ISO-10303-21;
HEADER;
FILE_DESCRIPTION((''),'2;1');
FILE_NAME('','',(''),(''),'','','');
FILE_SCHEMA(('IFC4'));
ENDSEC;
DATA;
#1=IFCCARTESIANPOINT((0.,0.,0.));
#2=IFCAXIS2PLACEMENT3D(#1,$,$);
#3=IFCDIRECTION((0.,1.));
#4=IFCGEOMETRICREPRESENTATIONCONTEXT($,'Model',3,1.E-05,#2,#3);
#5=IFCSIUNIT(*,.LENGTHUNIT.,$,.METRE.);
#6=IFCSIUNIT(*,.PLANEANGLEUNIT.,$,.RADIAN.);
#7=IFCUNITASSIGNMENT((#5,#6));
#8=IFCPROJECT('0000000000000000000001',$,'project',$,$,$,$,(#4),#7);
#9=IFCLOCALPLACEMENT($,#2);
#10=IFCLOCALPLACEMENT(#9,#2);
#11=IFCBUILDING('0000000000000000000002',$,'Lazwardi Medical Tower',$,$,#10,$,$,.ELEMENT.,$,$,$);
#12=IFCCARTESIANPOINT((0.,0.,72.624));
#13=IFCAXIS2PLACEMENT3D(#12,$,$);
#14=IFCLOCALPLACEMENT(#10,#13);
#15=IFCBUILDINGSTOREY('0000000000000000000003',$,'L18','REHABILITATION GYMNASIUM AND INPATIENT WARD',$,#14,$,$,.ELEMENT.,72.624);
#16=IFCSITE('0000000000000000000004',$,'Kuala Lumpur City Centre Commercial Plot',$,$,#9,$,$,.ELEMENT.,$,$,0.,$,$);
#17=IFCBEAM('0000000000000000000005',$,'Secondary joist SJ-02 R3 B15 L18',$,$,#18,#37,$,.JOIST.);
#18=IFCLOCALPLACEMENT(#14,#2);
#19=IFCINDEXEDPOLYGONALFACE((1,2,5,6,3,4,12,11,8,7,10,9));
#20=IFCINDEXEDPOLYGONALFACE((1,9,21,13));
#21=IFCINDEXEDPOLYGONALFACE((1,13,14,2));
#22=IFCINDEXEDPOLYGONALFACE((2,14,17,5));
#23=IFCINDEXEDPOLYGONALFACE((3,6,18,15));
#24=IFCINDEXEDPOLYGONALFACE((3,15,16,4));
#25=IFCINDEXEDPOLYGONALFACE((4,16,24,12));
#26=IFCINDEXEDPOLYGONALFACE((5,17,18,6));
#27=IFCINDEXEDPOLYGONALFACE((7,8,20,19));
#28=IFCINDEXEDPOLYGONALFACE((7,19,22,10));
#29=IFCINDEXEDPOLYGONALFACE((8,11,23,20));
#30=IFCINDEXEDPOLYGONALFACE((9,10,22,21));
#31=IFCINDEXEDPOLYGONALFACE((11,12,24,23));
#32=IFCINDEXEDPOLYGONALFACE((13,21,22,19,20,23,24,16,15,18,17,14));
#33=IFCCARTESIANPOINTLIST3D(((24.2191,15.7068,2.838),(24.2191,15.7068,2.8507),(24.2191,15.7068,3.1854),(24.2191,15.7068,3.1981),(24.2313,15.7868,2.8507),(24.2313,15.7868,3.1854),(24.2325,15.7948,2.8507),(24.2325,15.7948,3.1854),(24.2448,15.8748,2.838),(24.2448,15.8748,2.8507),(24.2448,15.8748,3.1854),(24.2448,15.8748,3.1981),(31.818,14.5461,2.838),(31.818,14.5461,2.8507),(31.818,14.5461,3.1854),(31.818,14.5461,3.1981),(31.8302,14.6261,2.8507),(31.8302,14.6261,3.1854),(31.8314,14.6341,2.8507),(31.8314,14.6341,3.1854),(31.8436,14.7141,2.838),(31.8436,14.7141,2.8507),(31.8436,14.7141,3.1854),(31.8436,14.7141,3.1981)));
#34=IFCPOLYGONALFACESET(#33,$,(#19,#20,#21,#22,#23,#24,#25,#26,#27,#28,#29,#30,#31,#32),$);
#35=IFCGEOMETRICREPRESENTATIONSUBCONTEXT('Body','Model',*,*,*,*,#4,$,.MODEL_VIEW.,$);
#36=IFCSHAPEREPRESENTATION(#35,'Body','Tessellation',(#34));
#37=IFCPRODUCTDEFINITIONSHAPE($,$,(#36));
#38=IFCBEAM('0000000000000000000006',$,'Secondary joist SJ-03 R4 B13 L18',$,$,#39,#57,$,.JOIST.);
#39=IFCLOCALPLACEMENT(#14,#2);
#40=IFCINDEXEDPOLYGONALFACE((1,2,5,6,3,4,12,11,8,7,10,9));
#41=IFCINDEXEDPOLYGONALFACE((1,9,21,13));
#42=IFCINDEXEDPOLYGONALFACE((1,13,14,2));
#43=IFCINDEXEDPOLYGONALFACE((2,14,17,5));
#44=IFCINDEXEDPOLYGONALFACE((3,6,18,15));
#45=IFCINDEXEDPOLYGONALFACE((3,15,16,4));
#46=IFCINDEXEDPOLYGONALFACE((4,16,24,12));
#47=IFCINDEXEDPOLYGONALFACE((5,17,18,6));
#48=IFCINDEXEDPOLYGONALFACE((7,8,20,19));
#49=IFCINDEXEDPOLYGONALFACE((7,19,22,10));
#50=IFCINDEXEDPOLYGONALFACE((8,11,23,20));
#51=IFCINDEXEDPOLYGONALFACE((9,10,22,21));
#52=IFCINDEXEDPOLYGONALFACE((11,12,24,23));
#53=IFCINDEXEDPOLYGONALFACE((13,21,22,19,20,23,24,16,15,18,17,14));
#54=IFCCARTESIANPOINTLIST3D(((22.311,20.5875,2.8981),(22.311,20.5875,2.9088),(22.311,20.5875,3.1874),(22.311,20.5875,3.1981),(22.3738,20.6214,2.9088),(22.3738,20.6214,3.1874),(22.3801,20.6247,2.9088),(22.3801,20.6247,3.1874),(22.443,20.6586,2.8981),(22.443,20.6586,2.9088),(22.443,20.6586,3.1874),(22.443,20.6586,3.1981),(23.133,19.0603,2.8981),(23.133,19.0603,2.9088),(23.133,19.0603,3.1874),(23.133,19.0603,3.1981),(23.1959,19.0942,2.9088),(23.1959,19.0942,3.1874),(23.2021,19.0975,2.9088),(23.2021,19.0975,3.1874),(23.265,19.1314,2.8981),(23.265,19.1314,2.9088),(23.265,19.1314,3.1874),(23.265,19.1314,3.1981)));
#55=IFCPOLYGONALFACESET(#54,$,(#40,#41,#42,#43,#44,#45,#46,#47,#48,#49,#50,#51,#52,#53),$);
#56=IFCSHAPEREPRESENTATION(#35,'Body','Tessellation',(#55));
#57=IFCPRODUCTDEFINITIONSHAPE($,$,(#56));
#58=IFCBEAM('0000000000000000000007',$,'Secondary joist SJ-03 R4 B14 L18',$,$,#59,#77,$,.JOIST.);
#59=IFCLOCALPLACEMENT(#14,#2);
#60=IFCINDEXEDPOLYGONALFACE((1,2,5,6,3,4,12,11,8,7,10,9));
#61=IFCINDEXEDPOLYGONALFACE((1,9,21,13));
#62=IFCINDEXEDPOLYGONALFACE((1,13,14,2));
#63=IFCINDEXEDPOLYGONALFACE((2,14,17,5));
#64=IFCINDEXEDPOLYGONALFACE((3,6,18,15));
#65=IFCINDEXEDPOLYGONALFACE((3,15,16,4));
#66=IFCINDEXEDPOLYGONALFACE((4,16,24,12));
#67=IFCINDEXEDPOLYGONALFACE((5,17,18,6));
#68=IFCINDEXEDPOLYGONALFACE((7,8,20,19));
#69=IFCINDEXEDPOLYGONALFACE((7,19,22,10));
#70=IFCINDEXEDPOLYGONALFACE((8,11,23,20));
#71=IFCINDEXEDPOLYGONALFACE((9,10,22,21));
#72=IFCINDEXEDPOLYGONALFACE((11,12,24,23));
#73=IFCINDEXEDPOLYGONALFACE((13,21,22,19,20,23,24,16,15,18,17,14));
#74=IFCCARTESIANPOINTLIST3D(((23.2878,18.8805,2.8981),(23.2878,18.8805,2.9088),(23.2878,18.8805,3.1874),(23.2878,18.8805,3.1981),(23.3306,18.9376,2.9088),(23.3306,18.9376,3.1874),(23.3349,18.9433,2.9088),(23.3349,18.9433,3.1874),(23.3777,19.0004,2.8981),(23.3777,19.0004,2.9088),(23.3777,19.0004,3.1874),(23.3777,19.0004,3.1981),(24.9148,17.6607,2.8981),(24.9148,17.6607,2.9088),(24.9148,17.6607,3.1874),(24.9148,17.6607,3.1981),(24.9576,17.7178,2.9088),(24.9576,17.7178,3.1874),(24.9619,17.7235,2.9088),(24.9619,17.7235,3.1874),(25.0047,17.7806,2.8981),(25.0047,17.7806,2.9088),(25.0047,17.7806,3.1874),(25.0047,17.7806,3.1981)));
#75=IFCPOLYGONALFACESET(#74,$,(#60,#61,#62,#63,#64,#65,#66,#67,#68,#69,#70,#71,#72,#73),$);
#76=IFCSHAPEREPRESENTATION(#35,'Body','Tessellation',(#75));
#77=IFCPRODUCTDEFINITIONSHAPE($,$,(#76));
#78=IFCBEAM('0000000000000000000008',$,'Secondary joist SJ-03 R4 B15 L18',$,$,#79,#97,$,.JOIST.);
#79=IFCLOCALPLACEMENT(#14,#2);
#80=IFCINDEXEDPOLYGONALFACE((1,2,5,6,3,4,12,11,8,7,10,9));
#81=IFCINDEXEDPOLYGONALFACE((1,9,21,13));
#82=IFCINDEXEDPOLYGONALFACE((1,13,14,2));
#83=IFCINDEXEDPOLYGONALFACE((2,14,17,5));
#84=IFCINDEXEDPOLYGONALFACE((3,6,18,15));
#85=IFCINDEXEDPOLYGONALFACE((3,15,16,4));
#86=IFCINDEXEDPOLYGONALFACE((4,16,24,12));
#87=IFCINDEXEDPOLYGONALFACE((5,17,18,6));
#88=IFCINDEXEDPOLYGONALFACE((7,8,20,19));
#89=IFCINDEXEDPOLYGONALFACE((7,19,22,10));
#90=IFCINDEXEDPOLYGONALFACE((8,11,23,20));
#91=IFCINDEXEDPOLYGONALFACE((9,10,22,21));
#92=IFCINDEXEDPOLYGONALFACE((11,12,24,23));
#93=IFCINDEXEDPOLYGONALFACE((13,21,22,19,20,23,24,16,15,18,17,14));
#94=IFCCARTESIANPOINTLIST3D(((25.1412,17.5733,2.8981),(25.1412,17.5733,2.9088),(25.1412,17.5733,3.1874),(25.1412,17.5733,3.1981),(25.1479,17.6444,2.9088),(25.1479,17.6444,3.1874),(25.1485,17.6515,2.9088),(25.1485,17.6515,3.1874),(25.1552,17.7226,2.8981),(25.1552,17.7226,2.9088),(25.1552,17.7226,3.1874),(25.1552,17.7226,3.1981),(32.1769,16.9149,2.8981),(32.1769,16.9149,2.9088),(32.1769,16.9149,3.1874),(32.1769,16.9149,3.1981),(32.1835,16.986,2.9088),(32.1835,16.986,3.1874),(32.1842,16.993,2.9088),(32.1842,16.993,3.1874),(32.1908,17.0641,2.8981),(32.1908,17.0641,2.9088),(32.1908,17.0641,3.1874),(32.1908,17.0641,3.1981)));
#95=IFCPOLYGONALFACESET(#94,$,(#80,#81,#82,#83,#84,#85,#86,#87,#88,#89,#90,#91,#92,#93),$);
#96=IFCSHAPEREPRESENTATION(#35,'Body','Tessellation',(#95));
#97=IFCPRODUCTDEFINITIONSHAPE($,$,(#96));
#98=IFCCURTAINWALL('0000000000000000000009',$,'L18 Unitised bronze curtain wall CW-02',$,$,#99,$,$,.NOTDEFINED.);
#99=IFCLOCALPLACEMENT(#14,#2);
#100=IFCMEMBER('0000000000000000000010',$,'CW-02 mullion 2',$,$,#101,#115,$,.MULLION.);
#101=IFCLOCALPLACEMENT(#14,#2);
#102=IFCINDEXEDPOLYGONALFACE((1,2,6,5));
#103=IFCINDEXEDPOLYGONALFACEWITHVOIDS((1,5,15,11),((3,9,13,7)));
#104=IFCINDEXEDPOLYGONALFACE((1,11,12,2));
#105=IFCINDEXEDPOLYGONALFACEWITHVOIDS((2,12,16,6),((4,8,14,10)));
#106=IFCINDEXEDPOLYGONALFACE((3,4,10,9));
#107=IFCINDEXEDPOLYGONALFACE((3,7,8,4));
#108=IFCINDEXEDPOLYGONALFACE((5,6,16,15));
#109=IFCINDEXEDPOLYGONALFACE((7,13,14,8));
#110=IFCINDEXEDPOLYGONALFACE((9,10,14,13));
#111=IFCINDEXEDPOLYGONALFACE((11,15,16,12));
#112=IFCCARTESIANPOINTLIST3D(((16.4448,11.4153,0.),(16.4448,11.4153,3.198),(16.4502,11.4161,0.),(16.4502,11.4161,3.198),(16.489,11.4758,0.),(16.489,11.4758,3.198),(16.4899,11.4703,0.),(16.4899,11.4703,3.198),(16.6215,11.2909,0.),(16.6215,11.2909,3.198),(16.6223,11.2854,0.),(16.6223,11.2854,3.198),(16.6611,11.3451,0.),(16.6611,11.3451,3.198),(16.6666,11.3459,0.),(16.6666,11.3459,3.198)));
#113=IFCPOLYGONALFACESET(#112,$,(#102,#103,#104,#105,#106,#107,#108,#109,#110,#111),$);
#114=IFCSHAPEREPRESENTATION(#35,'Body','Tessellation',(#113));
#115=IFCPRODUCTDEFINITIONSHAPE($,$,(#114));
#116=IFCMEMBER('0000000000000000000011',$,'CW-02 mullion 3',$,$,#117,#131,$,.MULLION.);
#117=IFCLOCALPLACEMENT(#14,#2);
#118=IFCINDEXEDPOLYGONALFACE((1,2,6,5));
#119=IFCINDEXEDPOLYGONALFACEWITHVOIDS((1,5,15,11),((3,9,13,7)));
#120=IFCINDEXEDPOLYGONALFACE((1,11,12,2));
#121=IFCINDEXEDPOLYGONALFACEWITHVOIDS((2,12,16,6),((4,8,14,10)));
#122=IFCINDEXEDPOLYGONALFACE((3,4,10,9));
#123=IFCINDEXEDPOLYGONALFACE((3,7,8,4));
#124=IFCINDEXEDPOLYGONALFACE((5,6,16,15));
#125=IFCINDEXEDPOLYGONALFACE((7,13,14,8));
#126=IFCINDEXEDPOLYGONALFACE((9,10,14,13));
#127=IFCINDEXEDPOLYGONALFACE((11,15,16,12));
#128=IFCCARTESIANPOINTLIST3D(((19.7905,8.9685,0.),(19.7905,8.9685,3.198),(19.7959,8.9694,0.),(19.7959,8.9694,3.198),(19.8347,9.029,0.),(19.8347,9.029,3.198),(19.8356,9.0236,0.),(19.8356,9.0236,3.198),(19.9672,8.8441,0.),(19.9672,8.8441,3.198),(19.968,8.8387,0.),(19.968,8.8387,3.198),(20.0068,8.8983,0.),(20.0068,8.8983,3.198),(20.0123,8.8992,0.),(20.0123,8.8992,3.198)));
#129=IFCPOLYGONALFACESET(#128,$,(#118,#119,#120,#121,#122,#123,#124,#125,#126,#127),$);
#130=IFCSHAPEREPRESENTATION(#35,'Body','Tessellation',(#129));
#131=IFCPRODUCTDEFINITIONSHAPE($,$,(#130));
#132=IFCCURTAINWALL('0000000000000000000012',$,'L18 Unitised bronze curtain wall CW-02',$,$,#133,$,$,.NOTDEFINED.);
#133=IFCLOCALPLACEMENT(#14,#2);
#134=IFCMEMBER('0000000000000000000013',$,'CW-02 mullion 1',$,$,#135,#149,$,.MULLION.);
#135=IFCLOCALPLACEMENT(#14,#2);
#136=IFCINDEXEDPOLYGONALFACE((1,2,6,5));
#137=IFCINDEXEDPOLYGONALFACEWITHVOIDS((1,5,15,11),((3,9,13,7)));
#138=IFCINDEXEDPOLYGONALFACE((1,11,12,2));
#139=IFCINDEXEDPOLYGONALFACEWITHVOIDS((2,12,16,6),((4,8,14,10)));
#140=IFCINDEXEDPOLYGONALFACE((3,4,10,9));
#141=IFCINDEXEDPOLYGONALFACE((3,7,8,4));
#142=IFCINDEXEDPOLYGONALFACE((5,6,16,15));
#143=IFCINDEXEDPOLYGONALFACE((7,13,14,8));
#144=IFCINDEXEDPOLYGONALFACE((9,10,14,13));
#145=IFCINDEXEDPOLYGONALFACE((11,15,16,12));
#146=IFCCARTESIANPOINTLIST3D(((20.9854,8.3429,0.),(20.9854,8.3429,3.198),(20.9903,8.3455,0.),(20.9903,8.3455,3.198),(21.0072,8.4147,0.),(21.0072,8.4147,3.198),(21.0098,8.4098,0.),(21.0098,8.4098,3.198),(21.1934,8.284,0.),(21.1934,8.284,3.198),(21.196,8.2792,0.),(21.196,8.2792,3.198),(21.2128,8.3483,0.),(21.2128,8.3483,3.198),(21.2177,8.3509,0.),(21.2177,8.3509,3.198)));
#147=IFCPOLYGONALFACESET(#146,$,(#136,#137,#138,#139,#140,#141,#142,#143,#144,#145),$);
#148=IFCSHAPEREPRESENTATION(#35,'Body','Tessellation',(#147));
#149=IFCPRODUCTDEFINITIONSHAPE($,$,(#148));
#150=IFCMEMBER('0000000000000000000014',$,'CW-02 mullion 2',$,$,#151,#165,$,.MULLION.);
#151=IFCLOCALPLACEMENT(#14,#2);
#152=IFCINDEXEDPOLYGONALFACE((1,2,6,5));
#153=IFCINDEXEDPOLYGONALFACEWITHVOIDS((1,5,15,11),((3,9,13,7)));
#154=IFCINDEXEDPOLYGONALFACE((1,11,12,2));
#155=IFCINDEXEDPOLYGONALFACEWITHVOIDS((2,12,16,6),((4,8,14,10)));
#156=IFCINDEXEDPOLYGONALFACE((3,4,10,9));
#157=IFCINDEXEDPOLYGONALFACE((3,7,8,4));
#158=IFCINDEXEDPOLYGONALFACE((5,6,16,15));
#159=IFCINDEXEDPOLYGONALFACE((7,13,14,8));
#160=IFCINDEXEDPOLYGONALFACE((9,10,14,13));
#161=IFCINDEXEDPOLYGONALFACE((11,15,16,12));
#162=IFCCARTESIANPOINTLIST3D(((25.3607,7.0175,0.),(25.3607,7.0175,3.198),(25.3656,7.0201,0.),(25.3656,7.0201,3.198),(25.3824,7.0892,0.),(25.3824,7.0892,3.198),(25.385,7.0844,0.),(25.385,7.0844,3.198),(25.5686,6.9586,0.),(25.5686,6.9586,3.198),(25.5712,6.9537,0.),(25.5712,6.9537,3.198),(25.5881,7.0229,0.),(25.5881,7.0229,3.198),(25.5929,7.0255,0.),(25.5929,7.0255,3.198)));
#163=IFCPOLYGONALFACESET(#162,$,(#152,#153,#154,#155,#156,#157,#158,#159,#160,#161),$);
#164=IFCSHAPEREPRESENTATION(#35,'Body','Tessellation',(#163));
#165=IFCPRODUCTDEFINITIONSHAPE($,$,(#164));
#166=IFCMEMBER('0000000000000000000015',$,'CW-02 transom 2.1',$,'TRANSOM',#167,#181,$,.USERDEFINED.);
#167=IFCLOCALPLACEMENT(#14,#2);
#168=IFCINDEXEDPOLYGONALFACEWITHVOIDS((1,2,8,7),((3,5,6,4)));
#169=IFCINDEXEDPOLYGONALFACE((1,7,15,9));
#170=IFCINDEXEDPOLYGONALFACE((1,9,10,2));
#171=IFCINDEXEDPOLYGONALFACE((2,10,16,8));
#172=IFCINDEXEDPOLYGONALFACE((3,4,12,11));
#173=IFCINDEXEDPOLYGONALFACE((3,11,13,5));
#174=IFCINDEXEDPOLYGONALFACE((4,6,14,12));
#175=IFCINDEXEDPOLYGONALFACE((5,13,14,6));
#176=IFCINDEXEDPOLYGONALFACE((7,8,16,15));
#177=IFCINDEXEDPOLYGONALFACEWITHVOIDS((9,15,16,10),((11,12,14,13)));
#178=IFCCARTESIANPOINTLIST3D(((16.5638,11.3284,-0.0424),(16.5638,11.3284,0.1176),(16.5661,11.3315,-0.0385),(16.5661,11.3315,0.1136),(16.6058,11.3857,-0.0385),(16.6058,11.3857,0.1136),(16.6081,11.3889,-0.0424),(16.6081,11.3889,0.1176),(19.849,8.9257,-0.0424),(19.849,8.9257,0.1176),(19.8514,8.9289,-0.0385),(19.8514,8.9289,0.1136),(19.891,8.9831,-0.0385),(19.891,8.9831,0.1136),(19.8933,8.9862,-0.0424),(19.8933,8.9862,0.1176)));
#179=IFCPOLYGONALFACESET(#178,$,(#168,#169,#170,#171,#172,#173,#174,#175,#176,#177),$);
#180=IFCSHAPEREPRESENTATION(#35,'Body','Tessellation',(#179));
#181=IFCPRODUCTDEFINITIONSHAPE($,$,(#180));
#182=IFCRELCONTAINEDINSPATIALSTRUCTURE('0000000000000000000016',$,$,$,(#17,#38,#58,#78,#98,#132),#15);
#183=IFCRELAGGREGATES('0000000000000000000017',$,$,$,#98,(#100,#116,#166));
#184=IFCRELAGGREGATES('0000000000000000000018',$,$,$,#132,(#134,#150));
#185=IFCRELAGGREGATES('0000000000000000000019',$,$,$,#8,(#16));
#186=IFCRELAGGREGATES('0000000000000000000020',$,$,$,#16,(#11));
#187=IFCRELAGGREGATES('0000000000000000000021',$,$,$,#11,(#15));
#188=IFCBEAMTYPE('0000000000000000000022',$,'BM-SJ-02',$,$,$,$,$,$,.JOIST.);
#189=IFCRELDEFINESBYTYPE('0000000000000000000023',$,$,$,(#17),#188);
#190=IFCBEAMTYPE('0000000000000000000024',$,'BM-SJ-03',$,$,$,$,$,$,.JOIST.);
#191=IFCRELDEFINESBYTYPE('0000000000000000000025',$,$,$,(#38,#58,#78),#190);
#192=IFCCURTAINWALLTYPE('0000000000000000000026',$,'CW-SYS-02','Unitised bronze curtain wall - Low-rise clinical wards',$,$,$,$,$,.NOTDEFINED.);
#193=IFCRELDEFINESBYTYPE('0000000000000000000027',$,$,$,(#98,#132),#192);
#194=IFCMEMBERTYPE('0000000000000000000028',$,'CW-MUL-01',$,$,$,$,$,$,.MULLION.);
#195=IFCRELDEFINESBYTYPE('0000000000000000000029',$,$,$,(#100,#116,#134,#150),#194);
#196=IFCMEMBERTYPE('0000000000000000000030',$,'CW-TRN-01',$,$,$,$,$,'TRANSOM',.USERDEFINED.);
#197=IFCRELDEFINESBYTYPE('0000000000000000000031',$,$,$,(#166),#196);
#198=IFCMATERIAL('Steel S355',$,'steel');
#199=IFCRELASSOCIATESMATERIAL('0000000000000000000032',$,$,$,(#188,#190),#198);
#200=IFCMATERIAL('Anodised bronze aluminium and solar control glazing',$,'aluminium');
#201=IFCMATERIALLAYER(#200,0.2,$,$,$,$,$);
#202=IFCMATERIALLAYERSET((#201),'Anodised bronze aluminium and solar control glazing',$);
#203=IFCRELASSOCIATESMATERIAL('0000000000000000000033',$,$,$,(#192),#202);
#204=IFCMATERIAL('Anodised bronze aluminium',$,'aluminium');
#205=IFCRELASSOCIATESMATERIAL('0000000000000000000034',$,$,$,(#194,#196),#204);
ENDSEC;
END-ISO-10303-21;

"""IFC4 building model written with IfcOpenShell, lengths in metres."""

from ifc_helpers import new_model, si_unit, direction, frame, origin, origin_2d, place, context, subcontext, project, spatial, hollow_rectangle, i_section, extrude, material, layer, layer_set, material_profile, profile_set, type_object, element, aggregate, save


model = new_model("IFC4")

# Units and contexts
model_context = context("Model", 3, precision=1e-05, world=origin(), true_north=direction((0.0, 1.0)))
body_context = subcontext(model_context, "Body", "Model", "MODEL_VIEW")
ifc_project = project(units=[si_unit("LENGTHUNIT", "METRE"), si_unit("PLANEANGLEUNIT", "RADIAN")], contexts=[model_context])

# Site, building, storey
site_placement = place(None, origin())
site = spatial("IfcSite", under=ifc_project, at=site_placement, Name="Kuala Lumpur City Centre Commercial Plot", CompositionType="ELEMENT", RefElevation=0.0)
building_placement = place(site_placement, origin())
building = spatial("IfcBuilding", under=site, at=building_placement, Name="Lazwardi Medical Tower", CompositionType="ELEMENT")
storey_placement = place(building_placement, frame((0.0, 0.0, 72.624)))
storey = spatial("IfcBuildingStorey", under=building, at=storey_placement, Name="L18", Description="REHABILITATION GYMNASIUM AND INPATIENT WARD", CompositionType="ELEMENT", Elevation=72.624)

# Beams
ifc_material_1 = material(Name="Steel S355", Category="steel")
ifc_material_profile_1 = material_profile(ifc_material_1, i_section(OverallWidth=0.1699, OverallDepth=0.3601, WebThickness=0.0081, FlangeThickness=0.0127, at=origin_2d()), Name="IPE 360")
ifc_profile_set_1 = profile_set([ifc_material_profile_1], Name="Steel S355")
beam_type_1 = type_object("IfcBeamType", Name="BM-SJ-02", PredefinedType="JOIST", material=ifc_profile_set_1)
beam_1_placement = place(storey_placement, frame((24.2319, 15.7908, 3.0181), z_axis=(0.988536, -0.150988, 0.0), x_axis=(0.150988, 0.988536, 0.0)))
element("IfcBeam", 1, at=beam_1_placement, inside=storey, type_object=beam_type_1, Name="Secondary joist SJ-02 R3 B15 L18", PredefinedType="JOIST", context=body_context, shape_type="SweptSolid", body=[
    extrude(i_section(OverallWidth=0.1699, OverallDepth=0.3601, WebThickness=0.0081, FlangeThickness=0.0127, at=origin_2d()), origin(), (0.0, 0.0, 1.0), 7.687),
])
ifc_material_profile_2 = material_profile(ifc_material_1, i_section(OverallWidth=0.1499, OverallDepth=0.3, WebThickness=0.0071, FlangeThickness=0.0107, at=origin_2d()), Name="IPE 300")
ifc_profile_set_2 = profile_set([ifc_material_profile_2], Name="Steel S355")
beam_type_2 = type_object("IfcBeamType", Name="BM-SJ-03", PredefinedType="JOIST", material=ifc_profile_set_2)
beam_2_placement = place(storey_placement, frame((22.377, 20.623, 3.0481), z_axis=(0.473982, -0.880534, 0.0), x_axis=(0.880534, 0.473982, 0.0)))
element("IfcBeam", 2, at=beam_2_placement, inside=storey, type_object=beam_type_2, Name="Secondary joist SJ-03 R4 B13 L18", PredefinedType="JOIST", context=body_context, shape_type="SweptSolid", body=[
    extrude(i_section(OverallWidth=0.1499, OverallDepth=0.3, WebThickness=0.0071, FlangeThickness=0.0107, at=origin_2d()), origin(), (0.0, 0.0, 1.0), 1.7344),
])
beam_3_placement = place(storey_placement, frame((23.3328, 18.9404, 3.0481), z_axis=(0.800115, -0.599846, 0.0), x_axis=(0.599846, 0.800115, 0.0)))
element("IfcBeam", 3, at=beam_3_placement, inside=storey, type_object=beam_type_2, Name="Secondary joist SJ-03 R4 B14 L18", PredefinedType="JOIST", context=body_context, shape_type="SweptSolid", body=[
    extrude(i_section(OverallWidth=0.1499, OverallDepth=0.3, WebThickness=0.0071, FlangeThickness=0.0107, at=origin_2d()), origin(), (0.0, 0.0, 1.0), 2.0334),
])
beam_4_placement = place(storey_placement, frame((25.1482, 17.6479, 3.0481), z_axis=(0.995649, -0.09318, 0.0), x_axis=(0.09318, 0.995649, 0.0)))
element("IfcBeam", 4, at=beam_4_placement, inside=storey, type_object=beam_type_2, Name="Secondary joist SJ-03 R4 B15 L18", PredefinedType="JOIST", context=body_context, shape_type="SweptSolid", body=[
    extrude(i_section(OverallWidth=0.1499, OverallDepth=0.3, WebThickness=0.0071, FlangeThickness=0.0107, at=origin_2d()), origin(), (0.0, 0.0, 1.0), 7.0664),
])

# Curtain walls, members
ifc_material_2 = material(Name="Anodised bronze aluminium and solar control glazing", Category="aluminium")
ifc_layer_1 = layer(ifc_material_2, 0.2)
ifc_layer_set_1 = layer_set([ifc_layer_1], Name="Anodised bronze aluminium and solar control glazing")
curtain_wall_type = type_object("IfcCurtainWallType", Name="CW-SYS-02", Description="Unitised bronze curtain wall - Low-rise clinical wards", PredefinedType="NOTDEFINED", material=ifc_layer_set_1)
curtain_wall_1_placement = place(storey_placement, origin())
curtain_wall_1 = element("IfcCurtainWall", 5, at=curtain_wall_1_placement, inside=storey, type_object=curtain_wall_type, Name="L18 Unitised bronze curtain wall CW-02", PredefinedType="NOTDEFINED")
ifc_material_3 = material(Name="Anodised bronze aluminium", Category="aluminium")
ifc_material_profile_3 = material_profile(ifc_material_3, hollow_rectangle(XDim=0.075, YDim=0.22, WallThickness=0.0039, at=origin_2d()), Name="ALU-MULLION 220x75x4")
ifc_profile_set_3 = profile_set([ifc_material_profile_3], Name="Anodised bronze aluminium")
member_type_1 = type_object("IfcMemberType", Name="CW-MUL-01", PredefinedType="MULLION", material=ifc_profile_set_3)
member_1_placement = place(storey_placement, frame((16.5557, 11.3806, 0.0), z_axis=(0.0, 0.0, 1.0), x_axis=(0.590289, 0.807192, 0.0)))
member_1 = element("IfcMember", 6, at=member_1_placement, type_object=member_type_1, Name="CW-02 mullion 2", PredefinedType="MULLION", context=body_context, shape_type="SweptSolid", body=[
    extrude(hollow_rectangle(XDim=0.075, YDim=0.22, WallThickness=0.0039, at=origin_2d()), origin(), (0.0, 0.0, 1.0), 3.198),
])
member_2_placement = place(storey_placement, frame((19.9014, 8.9338, 0.0), z_axis=(0.0, 0.0, 1.0), x_axis=(0.590289, 0.807192, 0.0)))
member_2 = element("IfcMember", 7, at=member_2_placement, type_object=member_type_1, Name="CW-02 mullion 3", PredefinedType="MULLION", context=body_context, shape_type="SweptSolid", body=[
    extrude(hollow_rectangle(XDim=0.075, YDim=0.22, WallThickness=0.0039, at=origin_2d()), origin(), (0.0, 0.0, 1.0), 3.198),
])
curtain_wall_2_placement = place(storey_placement, origin())
curtain_wall_2 = element("IfcCurtainWall", 8, at=curtain_wall_2_placement, inside=storey, type_object=curtain_wall_type, Name="L18 Unitised bronze curtain wall CW-02", PredefinedType="NOTDEFINED")
member_3_placement = place(storey_placement, frame((21.1016, 8.3469, 0.0), z_axis=(0.0, 0.0, 1.0), x_axis=(0.289896, 0.957058, 0.0)))
member_3 = element("IfcMember", 9, at=member_3_placement, type_object=member_type_1, Name="CW-02 mullion 1", PredefinedType="MULLION", context=body_context, shape_type="SweptSolid", body=[
    extrude(hollow_rectangle(XDim=0.075, YDim=0.22, WallThickness=0.0039, at=origin_2d()), origin(), (0.0, 0.0, 1.0), 3.198),
])
member_4_placement = place(storey_placement, frame((25.4768, 7.0215, 0.0), z_axis=(0.0, 0.0, 1.0), x_axis=(0.289896, 0.957058, 0.0)))
member_4 = element("IfcMember", 10, at=member_4_placement, type_object=member_type_1, Name="CW-02 mullion 2", PredefinedType="MULLION", context=body_context, shape_type="SweptSolid", body=[
    extrude(hollow_rectangle(XDim=0.075, YDim=0.22, WallThickness=0.0039, at=origin_2d()), origin(), (0.0, 0.0, 1.0), 3.198),
])

# Member
ifc_material_profile_4 = material_profile(ifc_material_3, hollow_rectangle(XDim=0.075, YDim=0.1599, WallThickness=0.0039, at=origin_2d()), Name="ALU-TRANSOM 160x75x4")
ifc_profile_set_4 = profile_set([ifc_material_profile_4], Name="Anodised bronze aluminium")
member_type_2 = type_object("IfcMemberType", Name="CW-TRN-01", ElementType="TRANSOM", PredefinedType="USERDEFINED", material=ifc_profile_set_4)
member_5_placement = place(storey_placement, frame((16.5859, 11.3586, 0.0376), z_axis=(0.807169, -0.59032, 0.0), x_axis=(0.59032, 0.807169, 0.0)))
member_5 = element("IfcMember", 11, at=member_5_placement, type_object=member_type_2, Name="CW-02 transom 2.1", ObjectType="TRANSOM", PredefinedType="USERDEFINED", context=body_context, shape_type="SweptSolid", body=[
    extrude(hollow_rectangle(XDim=0.075, YDim=0.1599, WallThickness=0.0039, at=origin_2d()), origin(), (0.0, 0.0, 1.0), 4.0701),
])

aggregate(curtain_wall_1, [member_1, member_2, member_5])
aggregate(curtain_wall_2, [member_3, member_4])

save(model, "model.ifc")
